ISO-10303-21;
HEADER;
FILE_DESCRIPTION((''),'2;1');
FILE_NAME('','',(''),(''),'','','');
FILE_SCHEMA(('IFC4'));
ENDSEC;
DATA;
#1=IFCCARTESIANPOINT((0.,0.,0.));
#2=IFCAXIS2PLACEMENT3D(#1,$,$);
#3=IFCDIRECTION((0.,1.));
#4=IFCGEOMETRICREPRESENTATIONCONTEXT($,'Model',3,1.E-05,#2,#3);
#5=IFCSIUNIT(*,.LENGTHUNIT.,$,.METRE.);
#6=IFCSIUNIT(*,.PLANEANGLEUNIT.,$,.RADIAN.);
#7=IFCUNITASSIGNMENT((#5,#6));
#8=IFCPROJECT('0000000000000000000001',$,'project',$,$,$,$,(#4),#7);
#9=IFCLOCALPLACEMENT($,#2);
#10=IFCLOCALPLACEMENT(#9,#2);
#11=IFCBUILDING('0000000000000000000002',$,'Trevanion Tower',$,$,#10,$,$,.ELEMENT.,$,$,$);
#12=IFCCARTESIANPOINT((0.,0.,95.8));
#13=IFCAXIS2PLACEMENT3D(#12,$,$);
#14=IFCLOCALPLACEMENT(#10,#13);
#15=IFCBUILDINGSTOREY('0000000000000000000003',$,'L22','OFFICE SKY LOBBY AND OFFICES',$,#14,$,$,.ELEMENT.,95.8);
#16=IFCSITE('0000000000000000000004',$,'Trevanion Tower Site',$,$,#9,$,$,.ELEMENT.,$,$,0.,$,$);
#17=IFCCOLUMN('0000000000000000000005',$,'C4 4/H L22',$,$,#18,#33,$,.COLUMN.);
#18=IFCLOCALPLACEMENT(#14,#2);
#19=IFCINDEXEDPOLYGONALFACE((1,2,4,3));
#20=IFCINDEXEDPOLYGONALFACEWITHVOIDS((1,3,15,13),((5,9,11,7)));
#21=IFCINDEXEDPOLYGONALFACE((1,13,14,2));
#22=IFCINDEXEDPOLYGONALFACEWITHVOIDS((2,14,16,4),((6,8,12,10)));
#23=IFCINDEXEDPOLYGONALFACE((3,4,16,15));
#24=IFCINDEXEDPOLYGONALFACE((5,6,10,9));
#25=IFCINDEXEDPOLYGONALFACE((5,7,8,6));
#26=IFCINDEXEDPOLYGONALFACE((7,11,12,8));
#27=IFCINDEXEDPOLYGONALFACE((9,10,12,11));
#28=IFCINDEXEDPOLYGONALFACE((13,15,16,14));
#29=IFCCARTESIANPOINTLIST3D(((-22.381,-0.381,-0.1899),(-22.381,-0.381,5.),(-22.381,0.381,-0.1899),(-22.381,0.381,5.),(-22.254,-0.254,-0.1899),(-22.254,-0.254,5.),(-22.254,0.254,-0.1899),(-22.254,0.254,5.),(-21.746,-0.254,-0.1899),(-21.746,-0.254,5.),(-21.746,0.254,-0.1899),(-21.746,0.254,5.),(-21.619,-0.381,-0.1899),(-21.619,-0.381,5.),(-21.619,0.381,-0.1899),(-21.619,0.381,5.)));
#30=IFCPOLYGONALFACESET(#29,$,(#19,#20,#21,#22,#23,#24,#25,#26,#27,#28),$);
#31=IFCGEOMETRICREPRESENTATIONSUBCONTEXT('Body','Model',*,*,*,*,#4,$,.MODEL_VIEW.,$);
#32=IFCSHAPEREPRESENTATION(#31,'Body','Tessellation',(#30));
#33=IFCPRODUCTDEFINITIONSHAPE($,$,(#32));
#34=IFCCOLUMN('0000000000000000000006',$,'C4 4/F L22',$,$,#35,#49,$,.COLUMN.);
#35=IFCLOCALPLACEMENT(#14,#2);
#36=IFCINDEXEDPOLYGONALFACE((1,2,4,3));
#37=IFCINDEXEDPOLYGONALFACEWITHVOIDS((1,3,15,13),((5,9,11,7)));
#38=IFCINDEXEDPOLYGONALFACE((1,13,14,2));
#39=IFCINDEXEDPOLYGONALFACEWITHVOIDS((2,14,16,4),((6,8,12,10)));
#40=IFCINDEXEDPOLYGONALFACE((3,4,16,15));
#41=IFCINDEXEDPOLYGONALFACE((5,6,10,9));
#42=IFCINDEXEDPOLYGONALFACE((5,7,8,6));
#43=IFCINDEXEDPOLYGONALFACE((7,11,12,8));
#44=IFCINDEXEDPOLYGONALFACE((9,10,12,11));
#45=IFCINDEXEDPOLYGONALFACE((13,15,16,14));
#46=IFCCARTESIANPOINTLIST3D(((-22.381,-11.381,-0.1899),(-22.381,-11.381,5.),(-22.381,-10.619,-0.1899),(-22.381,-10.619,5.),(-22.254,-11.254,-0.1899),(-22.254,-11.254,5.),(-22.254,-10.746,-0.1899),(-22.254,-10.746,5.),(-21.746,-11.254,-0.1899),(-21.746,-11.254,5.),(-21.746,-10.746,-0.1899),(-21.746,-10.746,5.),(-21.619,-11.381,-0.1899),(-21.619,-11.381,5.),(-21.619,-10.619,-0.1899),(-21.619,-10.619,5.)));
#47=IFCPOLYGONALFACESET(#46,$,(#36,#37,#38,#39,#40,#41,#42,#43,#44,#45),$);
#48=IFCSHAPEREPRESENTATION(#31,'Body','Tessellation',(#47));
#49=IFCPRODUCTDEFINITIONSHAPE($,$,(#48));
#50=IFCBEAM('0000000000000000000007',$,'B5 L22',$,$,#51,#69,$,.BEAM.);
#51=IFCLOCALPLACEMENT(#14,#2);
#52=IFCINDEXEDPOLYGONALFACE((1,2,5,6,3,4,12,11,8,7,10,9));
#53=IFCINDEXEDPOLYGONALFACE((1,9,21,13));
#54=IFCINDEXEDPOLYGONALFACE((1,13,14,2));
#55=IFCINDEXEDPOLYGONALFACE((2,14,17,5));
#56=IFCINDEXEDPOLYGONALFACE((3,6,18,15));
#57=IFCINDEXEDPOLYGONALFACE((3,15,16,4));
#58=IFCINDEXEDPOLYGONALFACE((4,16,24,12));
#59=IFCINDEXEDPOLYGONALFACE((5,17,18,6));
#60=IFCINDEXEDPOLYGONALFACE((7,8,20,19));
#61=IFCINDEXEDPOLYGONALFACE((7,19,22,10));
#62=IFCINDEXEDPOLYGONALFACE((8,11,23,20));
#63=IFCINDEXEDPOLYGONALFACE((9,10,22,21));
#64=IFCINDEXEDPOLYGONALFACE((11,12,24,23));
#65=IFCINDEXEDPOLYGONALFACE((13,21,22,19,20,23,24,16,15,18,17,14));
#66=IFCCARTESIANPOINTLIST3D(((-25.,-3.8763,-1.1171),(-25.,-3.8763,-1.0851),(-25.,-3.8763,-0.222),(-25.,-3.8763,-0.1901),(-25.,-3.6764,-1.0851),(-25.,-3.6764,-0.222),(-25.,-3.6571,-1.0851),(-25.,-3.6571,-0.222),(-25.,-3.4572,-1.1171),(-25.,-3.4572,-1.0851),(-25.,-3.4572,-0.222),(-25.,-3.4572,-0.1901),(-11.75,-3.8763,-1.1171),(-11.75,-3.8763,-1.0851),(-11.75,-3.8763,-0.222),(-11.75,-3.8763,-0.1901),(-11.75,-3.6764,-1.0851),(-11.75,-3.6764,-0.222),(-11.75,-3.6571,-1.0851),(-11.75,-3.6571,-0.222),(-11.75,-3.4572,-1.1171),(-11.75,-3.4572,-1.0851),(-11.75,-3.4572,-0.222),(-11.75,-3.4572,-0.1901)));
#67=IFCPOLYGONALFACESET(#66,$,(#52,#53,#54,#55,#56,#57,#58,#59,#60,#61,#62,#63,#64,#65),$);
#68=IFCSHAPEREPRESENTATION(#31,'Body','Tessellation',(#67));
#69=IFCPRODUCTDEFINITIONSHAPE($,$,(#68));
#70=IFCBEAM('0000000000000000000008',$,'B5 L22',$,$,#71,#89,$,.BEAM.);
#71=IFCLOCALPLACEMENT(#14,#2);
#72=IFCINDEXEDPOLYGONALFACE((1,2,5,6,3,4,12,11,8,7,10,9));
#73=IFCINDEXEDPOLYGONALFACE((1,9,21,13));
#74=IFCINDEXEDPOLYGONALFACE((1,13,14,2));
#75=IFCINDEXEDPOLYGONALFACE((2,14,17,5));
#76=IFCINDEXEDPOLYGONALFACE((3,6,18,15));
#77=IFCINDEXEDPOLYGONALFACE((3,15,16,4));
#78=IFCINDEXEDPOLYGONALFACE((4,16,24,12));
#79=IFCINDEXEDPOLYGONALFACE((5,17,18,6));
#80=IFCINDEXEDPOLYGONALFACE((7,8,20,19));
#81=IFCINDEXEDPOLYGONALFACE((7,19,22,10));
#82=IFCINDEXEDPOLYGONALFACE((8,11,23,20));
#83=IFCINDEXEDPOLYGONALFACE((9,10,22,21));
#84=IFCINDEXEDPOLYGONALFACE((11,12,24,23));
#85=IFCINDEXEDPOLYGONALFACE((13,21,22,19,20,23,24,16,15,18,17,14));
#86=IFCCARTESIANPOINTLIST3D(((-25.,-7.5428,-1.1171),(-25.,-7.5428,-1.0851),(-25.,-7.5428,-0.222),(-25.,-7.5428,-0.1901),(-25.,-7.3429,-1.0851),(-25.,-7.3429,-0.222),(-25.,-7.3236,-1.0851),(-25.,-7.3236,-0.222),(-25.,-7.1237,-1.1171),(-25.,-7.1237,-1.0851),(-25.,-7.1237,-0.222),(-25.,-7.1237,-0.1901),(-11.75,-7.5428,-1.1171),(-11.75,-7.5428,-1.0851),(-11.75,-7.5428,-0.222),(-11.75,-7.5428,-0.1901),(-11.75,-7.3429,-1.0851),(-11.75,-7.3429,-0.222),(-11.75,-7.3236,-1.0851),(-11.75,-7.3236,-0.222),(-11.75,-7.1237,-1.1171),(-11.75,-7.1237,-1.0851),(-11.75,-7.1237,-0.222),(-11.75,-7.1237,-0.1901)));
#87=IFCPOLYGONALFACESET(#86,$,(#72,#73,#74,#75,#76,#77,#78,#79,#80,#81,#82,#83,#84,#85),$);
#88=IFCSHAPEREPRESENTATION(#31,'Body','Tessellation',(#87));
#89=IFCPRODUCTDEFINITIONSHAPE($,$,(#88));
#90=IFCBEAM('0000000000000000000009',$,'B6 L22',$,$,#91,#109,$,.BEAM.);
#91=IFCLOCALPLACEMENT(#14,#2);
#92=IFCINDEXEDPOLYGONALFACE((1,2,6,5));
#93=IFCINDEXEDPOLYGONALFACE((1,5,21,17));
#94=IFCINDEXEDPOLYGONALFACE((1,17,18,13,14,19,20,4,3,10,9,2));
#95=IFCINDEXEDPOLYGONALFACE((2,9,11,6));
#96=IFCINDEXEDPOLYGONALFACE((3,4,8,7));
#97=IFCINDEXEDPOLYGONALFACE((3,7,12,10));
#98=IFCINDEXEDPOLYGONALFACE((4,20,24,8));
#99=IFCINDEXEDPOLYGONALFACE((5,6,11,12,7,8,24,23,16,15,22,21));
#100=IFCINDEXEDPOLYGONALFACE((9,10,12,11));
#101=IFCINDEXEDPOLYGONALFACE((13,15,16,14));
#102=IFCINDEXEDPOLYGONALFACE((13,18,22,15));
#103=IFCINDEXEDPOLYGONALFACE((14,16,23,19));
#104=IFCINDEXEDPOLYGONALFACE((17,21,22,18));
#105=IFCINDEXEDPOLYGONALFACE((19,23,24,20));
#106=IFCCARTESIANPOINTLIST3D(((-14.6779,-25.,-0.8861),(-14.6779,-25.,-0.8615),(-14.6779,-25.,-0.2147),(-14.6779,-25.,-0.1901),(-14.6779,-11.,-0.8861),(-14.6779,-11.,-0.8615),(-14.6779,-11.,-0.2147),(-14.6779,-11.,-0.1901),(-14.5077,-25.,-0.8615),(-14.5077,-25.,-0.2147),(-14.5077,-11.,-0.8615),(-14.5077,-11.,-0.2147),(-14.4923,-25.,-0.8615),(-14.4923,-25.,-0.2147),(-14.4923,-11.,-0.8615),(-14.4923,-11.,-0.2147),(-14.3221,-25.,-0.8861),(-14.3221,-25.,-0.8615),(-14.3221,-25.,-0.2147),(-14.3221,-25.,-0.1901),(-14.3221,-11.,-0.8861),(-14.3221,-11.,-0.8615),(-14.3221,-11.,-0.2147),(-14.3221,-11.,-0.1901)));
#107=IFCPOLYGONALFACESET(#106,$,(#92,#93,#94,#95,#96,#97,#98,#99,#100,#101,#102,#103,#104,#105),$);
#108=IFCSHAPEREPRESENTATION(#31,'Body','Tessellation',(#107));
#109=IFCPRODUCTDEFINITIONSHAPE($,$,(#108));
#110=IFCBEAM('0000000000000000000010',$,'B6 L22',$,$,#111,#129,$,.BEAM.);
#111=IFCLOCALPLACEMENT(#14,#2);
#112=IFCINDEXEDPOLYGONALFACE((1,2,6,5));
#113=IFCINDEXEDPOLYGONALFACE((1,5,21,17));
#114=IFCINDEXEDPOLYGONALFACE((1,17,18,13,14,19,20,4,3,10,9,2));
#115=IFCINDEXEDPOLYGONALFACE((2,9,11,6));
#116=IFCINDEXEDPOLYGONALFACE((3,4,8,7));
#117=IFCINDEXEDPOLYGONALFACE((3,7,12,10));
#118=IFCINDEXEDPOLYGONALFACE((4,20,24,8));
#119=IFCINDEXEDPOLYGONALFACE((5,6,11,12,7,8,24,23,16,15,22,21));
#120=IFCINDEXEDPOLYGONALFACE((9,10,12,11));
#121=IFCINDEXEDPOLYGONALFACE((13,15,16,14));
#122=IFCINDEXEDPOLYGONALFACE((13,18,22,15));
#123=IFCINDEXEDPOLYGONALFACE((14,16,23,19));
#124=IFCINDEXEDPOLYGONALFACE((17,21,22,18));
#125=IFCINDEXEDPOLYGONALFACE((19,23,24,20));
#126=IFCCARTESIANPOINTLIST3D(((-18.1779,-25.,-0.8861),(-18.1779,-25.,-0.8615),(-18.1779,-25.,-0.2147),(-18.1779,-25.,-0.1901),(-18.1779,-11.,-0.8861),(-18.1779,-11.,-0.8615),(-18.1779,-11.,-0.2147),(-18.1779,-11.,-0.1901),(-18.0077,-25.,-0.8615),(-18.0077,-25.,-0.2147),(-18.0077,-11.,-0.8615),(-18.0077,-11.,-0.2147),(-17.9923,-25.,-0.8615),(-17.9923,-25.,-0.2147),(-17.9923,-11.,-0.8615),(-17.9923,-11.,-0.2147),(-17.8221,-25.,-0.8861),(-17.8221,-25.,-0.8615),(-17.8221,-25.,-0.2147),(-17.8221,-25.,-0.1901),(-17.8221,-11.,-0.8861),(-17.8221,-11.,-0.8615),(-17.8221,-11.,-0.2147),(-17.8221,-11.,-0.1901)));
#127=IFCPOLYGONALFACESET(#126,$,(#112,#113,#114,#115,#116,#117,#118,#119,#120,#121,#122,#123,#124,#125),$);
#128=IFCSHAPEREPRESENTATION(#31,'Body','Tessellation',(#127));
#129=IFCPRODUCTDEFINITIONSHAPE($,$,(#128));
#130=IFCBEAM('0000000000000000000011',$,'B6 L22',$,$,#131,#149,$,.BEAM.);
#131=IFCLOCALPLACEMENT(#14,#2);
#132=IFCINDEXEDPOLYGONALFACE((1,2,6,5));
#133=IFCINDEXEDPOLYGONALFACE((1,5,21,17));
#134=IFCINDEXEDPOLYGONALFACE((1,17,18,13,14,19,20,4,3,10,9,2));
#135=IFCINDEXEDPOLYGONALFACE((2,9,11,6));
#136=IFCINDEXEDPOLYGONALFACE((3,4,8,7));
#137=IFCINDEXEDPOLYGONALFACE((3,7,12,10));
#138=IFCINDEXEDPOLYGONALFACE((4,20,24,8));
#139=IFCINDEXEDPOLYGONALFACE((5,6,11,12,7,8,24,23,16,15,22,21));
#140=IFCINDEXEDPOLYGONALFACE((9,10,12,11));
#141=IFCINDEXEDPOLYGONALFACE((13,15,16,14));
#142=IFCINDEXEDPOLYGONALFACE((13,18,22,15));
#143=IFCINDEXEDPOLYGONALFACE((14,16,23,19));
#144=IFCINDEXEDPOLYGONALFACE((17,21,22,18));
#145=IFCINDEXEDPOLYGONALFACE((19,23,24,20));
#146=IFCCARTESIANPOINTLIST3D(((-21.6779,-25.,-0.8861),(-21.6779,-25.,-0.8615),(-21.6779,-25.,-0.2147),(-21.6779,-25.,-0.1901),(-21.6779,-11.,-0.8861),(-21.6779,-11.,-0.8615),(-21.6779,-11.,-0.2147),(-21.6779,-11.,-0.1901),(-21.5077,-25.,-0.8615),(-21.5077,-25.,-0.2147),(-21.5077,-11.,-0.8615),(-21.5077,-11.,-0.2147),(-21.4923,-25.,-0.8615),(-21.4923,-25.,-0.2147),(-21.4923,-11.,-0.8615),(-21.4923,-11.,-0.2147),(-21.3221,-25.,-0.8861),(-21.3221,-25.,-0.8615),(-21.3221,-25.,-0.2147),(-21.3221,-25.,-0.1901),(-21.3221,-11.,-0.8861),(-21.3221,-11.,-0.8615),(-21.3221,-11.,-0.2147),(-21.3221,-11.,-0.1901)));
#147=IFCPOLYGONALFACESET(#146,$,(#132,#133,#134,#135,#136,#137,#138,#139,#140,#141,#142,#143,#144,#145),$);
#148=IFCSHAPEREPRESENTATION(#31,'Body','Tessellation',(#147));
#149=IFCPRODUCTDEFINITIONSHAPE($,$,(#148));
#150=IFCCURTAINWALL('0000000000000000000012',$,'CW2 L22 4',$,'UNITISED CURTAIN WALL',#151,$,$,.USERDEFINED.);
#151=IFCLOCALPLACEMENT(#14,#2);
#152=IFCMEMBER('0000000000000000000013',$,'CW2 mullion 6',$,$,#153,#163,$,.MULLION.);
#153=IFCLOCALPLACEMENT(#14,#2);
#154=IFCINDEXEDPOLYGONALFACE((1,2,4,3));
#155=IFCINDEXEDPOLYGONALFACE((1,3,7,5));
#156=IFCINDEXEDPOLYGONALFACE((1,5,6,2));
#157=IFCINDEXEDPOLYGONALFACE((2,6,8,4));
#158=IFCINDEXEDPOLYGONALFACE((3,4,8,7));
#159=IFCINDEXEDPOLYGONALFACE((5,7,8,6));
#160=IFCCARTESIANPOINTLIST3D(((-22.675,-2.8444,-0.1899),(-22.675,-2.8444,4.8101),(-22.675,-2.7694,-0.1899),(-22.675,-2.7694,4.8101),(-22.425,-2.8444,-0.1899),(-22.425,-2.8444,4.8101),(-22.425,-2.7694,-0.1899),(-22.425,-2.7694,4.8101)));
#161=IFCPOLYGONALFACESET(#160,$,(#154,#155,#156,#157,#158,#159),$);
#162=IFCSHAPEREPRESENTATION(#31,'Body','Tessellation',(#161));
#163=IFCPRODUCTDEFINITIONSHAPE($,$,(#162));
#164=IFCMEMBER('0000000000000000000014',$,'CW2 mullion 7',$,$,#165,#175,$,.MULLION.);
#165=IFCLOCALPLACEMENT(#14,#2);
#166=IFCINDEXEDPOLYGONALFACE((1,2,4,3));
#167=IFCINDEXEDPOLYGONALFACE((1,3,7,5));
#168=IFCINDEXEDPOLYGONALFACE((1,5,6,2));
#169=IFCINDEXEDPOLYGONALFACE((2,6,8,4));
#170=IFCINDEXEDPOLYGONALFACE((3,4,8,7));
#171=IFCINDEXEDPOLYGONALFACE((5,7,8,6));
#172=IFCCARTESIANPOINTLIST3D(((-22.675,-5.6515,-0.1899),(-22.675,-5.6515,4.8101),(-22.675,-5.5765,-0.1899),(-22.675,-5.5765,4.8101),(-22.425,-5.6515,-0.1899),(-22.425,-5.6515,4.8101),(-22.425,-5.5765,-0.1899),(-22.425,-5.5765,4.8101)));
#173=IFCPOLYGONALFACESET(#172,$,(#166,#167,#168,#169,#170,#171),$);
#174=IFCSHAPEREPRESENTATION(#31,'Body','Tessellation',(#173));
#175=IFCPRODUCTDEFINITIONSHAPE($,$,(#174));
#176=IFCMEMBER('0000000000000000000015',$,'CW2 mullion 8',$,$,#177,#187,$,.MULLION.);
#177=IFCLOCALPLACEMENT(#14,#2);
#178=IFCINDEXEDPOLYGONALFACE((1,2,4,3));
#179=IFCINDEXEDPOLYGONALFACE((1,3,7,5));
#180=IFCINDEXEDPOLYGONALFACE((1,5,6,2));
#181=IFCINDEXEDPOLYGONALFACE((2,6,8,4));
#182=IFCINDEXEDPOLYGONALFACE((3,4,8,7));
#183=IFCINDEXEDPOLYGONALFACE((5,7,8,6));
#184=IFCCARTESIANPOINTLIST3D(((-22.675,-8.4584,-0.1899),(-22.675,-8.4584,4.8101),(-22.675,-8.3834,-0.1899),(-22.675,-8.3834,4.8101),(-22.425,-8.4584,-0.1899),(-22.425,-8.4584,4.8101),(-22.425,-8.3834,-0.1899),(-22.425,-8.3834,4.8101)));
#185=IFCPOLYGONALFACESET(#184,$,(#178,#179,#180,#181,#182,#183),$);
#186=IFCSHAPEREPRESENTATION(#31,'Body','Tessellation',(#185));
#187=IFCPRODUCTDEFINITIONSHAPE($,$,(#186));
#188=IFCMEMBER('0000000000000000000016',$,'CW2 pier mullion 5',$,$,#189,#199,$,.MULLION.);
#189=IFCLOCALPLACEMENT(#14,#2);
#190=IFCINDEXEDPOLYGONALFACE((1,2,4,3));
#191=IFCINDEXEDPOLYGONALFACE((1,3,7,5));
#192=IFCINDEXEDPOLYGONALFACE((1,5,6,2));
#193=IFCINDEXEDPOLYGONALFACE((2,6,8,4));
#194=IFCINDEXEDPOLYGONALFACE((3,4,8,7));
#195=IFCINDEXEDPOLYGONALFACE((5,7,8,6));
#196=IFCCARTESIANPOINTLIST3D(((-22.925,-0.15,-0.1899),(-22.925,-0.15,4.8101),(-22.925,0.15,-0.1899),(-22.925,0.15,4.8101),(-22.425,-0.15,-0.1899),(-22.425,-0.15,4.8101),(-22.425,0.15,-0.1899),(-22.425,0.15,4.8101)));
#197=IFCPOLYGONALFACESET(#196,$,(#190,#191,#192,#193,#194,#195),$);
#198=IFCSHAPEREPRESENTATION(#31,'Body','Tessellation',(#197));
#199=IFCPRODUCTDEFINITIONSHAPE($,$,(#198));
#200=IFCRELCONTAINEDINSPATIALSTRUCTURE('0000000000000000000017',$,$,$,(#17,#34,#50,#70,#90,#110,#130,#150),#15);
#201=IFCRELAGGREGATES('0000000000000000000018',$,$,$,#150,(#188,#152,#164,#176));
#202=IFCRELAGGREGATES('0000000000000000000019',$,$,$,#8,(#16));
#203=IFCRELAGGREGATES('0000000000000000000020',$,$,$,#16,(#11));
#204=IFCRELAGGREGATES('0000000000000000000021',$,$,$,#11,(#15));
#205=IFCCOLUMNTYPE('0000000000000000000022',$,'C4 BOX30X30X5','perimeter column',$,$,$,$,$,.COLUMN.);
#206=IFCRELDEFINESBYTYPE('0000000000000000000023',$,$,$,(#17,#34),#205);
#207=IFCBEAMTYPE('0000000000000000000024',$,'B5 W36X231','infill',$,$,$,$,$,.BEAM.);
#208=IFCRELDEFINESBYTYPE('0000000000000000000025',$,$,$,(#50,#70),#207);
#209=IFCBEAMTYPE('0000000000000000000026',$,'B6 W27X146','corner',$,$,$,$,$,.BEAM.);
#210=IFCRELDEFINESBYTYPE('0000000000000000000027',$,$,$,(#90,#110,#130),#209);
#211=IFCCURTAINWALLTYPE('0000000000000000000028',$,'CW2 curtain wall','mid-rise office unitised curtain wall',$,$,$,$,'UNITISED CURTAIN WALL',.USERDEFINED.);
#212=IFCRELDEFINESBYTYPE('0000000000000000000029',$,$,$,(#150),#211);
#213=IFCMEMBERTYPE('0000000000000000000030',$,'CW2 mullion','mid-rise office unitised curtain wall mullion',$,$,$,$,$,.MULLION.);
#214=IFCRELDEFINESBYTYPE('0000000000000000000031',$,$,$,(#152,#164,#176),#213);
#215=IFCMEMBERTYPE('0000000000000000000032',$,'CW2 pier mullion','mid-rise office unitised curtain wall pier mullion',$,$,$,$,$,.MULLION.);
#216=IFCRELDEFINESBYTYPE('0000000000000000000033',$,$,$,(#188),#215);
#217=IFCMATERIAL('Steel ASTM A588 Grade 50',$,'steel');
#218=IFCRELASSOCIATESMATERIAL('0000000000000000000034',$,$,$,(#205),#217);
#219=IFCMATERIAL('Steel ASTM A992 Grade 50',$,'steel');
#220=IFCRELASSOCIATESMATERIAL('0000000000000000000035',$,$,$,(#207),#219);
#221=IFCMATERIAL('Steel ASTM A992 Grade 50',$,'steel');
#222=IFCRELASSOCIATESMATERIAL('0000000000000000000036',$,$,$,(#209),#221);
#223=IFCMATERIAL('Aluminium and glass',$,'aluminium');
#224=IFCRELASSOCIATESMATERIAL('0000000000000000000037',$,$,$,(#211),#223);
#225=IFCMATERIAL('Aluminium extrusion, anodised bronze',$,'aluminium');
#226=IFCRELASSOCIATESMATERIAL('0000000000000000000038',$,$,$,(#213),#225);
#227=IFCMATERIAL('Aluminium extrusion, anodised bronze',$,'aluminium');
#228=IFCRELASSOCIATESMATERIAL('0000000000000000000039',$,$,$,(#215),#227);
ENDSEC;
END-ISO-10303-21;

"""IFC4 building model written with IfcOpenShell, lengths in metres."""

from ifc_helpers import new_model, si_unit, direction, frame, origin, origin_2d, place, context, subcontext, project, spatial, rectangle, hollow_rectangle, i_section, extrude, material, material_profile, profile_set, type_object, element, aggregate, save


model = new_model("IFC4")

# Units and contexts
model_context = context("Model", 3, precision=1e-05, world=origin(), true_north=direction((0.0, 1.0)))
body_context = subcontext(model_context, "Body", "Model", "MODEL_VIEW")
ifc_project = project(units=[si_unit("LENGTHUNIT", "METRE"), si_unit("PLANEANGLEUNIT", "RADIAN")], contexts=[model_context])

# Site, building, storey
site_placement = place(None, origin())
site = spatial("IfcSite", under=ifc_project, at=site_placement, Name="Trevanion Tower Site", CompositionType="ELEMENT", RefElevation=0.0)
building_placement = place(site_placement, origin())
building = spatial("IfcBuilding", under=site, at=building_placement, Name="Trevanion Tower", CompositionType="ELEMENT")
storey_placement = place(building_placement, frame((0.0, 0.0, 95.8)))
storey = spatial("IfcBuildingStorey", under=building, at=storey_placement, Name="L22", Description="OFFICE SKY LOBBY AND OFFICES", CompositionType="ELEMENT", Elevation=95.8)

# Columns
ifc_material_1 = material(Name="Steel ASTM A588 Grade 50", Category="steel")
ifc_material_profile_1 = material_profile(ifc_material_1, hollow_rectangle(XDim=0.762, YDim=0.762, WallThickness=0.127, at=origin_2d()), Name="BOX30X30X5")
ifc_profile_set_1 = profile_set([ifc_material_profile_1], Name="Steel ASTM A588 Grade 50")
column_type = type_object("IfcColumnType", Name="C4 BOX30X30X5", Description="perimeter column", PredefinedType="COLUMN", material=ifc_profile_set_1)
for number, where, z_axis, x_axis, name in (
    (1, (-22.0, 0.0, -0.1899), (0.0, 0.0, 1.0), (0.0, 1.0, 0.0), "C4 4/H L22"),
    (2, (-22.0, -11.0, -0.1899), (0.0, 0.0, 1.0), (0.0, 1.0, 0.0), "C4 4/F L22"),
):
    element("IfcColumn", number, at=place(storey_placement, frame(where, z_axis=z_axis, x_axis=x_axis)), inside=storey, type_object=column_type, Name=name, PredefinedType="COLUMN", context=body_context, shape_type="SweptSolid", body=[
        extrude(hollow_rectangle(XDim=0.762, YDim=0.762, WallThickness=0.127, at=origin_2d()), origin(), (0.0, 0.0, 1.0), 5.1899),
    ])

# Beams
ifc_material_2 = material(Name="Steel ASTM A992 Grade 50", Category="steel")
ifc_material_profile_2 = material_profile(ifc_material_2, i_section(OverallWidth=0.4192, OverallDepth=0.927, WebThickness=0.0193, FlangeThickness=0.032, at=origin_2d()), Name="W36X231")
ifc_profile_set_2 = profile_set([ifc_material_profile_2], Name="Steel ASTM A992 Grade 50")
beam_type_1 = type_object("IfcBeamType", Name="B5 W36X231", Description="infill", PredefinedType="BEAM", material=ifc_profile_set_2)
for number, where, z_axis, x_axis, name in (
    (3, (-11.75, -3.6667, -0.6536), (-1.0, 0.0, 0.0), (0.0, -1.0, 0.0), "B5 L22"),
    (4, (-11.75, -7.3333, -0.6536), (-1.0, 0.0, 0.0), (0.0, -1.0, 0.0), "B5 L22"),
):
    element("IfcBeam", number, at=place(storey_placement, frame(where, z_axis=z_axis, x_axis=x_axis)), inside=storey, type_object=beam_type_1, Name=name, PredefinedType="BEAM", context=body_context, shape_type="SweptSolid", body=[
        extrude(i_section(OverallWidth=0.4192, OverallDepth=0.927, WebThickness=0.0193, FlangeThickness=0.032, at=origin_2d()), origin(), (0.0, 0.0, 1.0), 13.25),
    ])
ifc_material_3 = material(Name="Steel ASTM A992 Grade 50", Category="steel")
ifc_material_profile_3 = material_profile(ifc_material_3, i_section(OverallWidth=0.3557, OverallDepth=0.696, WebThickness=0.0154, FlangeThickness=0.0247, at=origin_2d()), Name="W27X146")
ifc_profile_set_3 = profile_set([ifc_material_profile_3], Name="Steel ASTM A992 Grade 50")
beam_type_2 = type_object("IfcBeamType", Name="B6 W27X146", Description="corner", PredefinedType="BEAM", material=ifc_profile_set_3)
for number, where, z_axis, x_axis, name in (
    (5, (-14.5, -11.0, -0.5381), (0.0, -1.0, 0.0), (1.0, 0.0, 0.0), "B6 L22"),
    (6, (-18.0, -11.0, -0.5381), (0.0, -1.0, 0.0), (1.0, 0.0, 0.0), "B6 L22"),
    (7, (-21.5, -11.0, -0.5381), (0.0, -1.0, 0.0), (1.0, 0.0, 0.0), "B6 L22"),
):
    element("IfcBeam", number, at=place(storey_placement, frame(where, z_axis=z_axis, x_axis=x_axis)), inside=storey, type_object=beam_type_2, Name=name, PredefinedType="BEAM", context=body_context, shape_type="SweptSolid", body=[
        extrude(i_section(OverallWidth=0.3557, OverallDepth=0.696, WebThickness=0.0154, FlangeThickness=0.0247, at=origin_2d()), origin(), (0.0, 0.0, 1.0), 14.0),
    ])

# Curtain wall, members
ifc_material_4 = material(Name="Aluminium and glass", Category="aluminium")
curtain_wall_type = type_object("IfcCurtainWallType", Name="CW2 curtain wall", Description="mid-rise office unitised curtain wall", ElementType="UNITISED CURTAIN WALL", PredefinedType="USERDEFINED", material=ifc_material_4)
curtain_wall_placement = place(storey_placement, origin())
curtain_wall = element("IfcCurtainWall", 8, at=curtain_wall_placement, inside=storey, type_object=curtain_wall_type, Name="CW2 L22 4", ObjectType="UNITISED CURTAIN WALL", PredefinedType="USERDEFINED")
ifc_material_5 = material(Name="Aluminium extrusion, anodised bronze", Category="aluminium")
ifc_material_profile_4 = material_profile(ifc_material_5, rectangle(XDim=0.075, YDim=0.25, at=origin_2d()), Name="CW2 mullion")
ifc_profile_set_4 = profile_set([ifc_material_profile_4], Name="Aluminium extrusion, anodised bronze")
member_type_1 = type_object("IfcMemberType", Name="CW2 mullion", Description="mid-rise office unitised curtain wall mullion", PredefinedType="MULLION", material=ifc_profile_set_4)
member_1_placement = place(storey_placement, frame((-22.55, -2.8069, -0.1899), z_axis=(0.0, 0.0, 1.0), x_axis=(0.0, -1.0, 0.0)))
member_1 = element("IfcMember", 9, at=member_1_placement, type_object=member_type_1, Name="CW2 mullion 6", PredefinedType="MULLION", context=body_context, shape_type="SweptSolid", body=[
    extrude(rectangle(XDim=0.075, YDim=0.25, at=origin_2d()), origin(), (0.0, 0.0, 1.0), 5.0),
])
member_2_placement = place(storey_placement, frame((-22.55, -5.614, -0.1899), z_axis=(0.0, 0.0, 1.0), x_axis=(0.0, -1.0, 0.0)))
member_2 = element("IfcMember", 10, at=member_2_placement, type_object=member_type_1, Name="CW2 mullion 7", PredefinedType="MULLION", context=body_context, shape_type="SweptSolid", body=[
    extrude(rectangle(XDim=0.075, YDim=0.25, at=origin_2d()), origin(), (0.0, 0.0, 1.0), 5.0),
])
member_3_placement = place(storey_placement, frame((-22.55, -8.4209, -0.1899), z_axis=(0.0, 0.0, 1.0), x_axis=(0.0, -1.0, 0.0)))
member_3 = element("IfcMember", 11, at=member_3_placement, type_object=member_type_1, Name="CW2 mullion 8", PredefinedType="MULLION", context=body_context, shape_type="SweptSolid", body=[
    extrude(rectangle(XDim=0.075, YDim=0.25, at=origin_2d()), origin(), (0.0, 0.0, 1.0), 5.0),
])
ifc_material_6 = material(Name="Aluminium extrusion, anodised bronze", Category="aluminium")
ifc_material_profile_5 = material_profile(ifc_material_6, rectangle(XDim=0.3, YDim=0.5, at=origin_2d()), Name="CW2 pier mullion")
ifc_profile_set_5 = profile_set([ifc_material_profile_5], Name="Aluminium extrusion, anodised bronze")
member_type_2 = type_object("IfcMemberType", Name="CW2 pier mullion", Description="mid-rise office unitised curtain wall pier mullion", PredefinedType="MULLION", material=ifc_profile_set_5)
member_4_placement = place(storey_placement, frame((-22.675, 0.0, -0.1899), z_axis=(0.0, 0.0, 1.0), x_axis=(0.0, -1.0, 0.0)))
member_4 = element("IfcMember", 12, at=member_4_placement, type_object=member_type_2, Name="CW2 pier mullion 5", PredefinedType="MULLION", context=body_context, shape_type="SweptSolid", body=[
    extrude(rectangle(XDim=0.3, YDim=0.5, at=origin_2d()), origin(), (0.0, 0.0, 1.0), 5.0),
])
aggregate(curtain_wall, [member_4, member_1, member_2, member_3])

save(model, "model.ifc")
